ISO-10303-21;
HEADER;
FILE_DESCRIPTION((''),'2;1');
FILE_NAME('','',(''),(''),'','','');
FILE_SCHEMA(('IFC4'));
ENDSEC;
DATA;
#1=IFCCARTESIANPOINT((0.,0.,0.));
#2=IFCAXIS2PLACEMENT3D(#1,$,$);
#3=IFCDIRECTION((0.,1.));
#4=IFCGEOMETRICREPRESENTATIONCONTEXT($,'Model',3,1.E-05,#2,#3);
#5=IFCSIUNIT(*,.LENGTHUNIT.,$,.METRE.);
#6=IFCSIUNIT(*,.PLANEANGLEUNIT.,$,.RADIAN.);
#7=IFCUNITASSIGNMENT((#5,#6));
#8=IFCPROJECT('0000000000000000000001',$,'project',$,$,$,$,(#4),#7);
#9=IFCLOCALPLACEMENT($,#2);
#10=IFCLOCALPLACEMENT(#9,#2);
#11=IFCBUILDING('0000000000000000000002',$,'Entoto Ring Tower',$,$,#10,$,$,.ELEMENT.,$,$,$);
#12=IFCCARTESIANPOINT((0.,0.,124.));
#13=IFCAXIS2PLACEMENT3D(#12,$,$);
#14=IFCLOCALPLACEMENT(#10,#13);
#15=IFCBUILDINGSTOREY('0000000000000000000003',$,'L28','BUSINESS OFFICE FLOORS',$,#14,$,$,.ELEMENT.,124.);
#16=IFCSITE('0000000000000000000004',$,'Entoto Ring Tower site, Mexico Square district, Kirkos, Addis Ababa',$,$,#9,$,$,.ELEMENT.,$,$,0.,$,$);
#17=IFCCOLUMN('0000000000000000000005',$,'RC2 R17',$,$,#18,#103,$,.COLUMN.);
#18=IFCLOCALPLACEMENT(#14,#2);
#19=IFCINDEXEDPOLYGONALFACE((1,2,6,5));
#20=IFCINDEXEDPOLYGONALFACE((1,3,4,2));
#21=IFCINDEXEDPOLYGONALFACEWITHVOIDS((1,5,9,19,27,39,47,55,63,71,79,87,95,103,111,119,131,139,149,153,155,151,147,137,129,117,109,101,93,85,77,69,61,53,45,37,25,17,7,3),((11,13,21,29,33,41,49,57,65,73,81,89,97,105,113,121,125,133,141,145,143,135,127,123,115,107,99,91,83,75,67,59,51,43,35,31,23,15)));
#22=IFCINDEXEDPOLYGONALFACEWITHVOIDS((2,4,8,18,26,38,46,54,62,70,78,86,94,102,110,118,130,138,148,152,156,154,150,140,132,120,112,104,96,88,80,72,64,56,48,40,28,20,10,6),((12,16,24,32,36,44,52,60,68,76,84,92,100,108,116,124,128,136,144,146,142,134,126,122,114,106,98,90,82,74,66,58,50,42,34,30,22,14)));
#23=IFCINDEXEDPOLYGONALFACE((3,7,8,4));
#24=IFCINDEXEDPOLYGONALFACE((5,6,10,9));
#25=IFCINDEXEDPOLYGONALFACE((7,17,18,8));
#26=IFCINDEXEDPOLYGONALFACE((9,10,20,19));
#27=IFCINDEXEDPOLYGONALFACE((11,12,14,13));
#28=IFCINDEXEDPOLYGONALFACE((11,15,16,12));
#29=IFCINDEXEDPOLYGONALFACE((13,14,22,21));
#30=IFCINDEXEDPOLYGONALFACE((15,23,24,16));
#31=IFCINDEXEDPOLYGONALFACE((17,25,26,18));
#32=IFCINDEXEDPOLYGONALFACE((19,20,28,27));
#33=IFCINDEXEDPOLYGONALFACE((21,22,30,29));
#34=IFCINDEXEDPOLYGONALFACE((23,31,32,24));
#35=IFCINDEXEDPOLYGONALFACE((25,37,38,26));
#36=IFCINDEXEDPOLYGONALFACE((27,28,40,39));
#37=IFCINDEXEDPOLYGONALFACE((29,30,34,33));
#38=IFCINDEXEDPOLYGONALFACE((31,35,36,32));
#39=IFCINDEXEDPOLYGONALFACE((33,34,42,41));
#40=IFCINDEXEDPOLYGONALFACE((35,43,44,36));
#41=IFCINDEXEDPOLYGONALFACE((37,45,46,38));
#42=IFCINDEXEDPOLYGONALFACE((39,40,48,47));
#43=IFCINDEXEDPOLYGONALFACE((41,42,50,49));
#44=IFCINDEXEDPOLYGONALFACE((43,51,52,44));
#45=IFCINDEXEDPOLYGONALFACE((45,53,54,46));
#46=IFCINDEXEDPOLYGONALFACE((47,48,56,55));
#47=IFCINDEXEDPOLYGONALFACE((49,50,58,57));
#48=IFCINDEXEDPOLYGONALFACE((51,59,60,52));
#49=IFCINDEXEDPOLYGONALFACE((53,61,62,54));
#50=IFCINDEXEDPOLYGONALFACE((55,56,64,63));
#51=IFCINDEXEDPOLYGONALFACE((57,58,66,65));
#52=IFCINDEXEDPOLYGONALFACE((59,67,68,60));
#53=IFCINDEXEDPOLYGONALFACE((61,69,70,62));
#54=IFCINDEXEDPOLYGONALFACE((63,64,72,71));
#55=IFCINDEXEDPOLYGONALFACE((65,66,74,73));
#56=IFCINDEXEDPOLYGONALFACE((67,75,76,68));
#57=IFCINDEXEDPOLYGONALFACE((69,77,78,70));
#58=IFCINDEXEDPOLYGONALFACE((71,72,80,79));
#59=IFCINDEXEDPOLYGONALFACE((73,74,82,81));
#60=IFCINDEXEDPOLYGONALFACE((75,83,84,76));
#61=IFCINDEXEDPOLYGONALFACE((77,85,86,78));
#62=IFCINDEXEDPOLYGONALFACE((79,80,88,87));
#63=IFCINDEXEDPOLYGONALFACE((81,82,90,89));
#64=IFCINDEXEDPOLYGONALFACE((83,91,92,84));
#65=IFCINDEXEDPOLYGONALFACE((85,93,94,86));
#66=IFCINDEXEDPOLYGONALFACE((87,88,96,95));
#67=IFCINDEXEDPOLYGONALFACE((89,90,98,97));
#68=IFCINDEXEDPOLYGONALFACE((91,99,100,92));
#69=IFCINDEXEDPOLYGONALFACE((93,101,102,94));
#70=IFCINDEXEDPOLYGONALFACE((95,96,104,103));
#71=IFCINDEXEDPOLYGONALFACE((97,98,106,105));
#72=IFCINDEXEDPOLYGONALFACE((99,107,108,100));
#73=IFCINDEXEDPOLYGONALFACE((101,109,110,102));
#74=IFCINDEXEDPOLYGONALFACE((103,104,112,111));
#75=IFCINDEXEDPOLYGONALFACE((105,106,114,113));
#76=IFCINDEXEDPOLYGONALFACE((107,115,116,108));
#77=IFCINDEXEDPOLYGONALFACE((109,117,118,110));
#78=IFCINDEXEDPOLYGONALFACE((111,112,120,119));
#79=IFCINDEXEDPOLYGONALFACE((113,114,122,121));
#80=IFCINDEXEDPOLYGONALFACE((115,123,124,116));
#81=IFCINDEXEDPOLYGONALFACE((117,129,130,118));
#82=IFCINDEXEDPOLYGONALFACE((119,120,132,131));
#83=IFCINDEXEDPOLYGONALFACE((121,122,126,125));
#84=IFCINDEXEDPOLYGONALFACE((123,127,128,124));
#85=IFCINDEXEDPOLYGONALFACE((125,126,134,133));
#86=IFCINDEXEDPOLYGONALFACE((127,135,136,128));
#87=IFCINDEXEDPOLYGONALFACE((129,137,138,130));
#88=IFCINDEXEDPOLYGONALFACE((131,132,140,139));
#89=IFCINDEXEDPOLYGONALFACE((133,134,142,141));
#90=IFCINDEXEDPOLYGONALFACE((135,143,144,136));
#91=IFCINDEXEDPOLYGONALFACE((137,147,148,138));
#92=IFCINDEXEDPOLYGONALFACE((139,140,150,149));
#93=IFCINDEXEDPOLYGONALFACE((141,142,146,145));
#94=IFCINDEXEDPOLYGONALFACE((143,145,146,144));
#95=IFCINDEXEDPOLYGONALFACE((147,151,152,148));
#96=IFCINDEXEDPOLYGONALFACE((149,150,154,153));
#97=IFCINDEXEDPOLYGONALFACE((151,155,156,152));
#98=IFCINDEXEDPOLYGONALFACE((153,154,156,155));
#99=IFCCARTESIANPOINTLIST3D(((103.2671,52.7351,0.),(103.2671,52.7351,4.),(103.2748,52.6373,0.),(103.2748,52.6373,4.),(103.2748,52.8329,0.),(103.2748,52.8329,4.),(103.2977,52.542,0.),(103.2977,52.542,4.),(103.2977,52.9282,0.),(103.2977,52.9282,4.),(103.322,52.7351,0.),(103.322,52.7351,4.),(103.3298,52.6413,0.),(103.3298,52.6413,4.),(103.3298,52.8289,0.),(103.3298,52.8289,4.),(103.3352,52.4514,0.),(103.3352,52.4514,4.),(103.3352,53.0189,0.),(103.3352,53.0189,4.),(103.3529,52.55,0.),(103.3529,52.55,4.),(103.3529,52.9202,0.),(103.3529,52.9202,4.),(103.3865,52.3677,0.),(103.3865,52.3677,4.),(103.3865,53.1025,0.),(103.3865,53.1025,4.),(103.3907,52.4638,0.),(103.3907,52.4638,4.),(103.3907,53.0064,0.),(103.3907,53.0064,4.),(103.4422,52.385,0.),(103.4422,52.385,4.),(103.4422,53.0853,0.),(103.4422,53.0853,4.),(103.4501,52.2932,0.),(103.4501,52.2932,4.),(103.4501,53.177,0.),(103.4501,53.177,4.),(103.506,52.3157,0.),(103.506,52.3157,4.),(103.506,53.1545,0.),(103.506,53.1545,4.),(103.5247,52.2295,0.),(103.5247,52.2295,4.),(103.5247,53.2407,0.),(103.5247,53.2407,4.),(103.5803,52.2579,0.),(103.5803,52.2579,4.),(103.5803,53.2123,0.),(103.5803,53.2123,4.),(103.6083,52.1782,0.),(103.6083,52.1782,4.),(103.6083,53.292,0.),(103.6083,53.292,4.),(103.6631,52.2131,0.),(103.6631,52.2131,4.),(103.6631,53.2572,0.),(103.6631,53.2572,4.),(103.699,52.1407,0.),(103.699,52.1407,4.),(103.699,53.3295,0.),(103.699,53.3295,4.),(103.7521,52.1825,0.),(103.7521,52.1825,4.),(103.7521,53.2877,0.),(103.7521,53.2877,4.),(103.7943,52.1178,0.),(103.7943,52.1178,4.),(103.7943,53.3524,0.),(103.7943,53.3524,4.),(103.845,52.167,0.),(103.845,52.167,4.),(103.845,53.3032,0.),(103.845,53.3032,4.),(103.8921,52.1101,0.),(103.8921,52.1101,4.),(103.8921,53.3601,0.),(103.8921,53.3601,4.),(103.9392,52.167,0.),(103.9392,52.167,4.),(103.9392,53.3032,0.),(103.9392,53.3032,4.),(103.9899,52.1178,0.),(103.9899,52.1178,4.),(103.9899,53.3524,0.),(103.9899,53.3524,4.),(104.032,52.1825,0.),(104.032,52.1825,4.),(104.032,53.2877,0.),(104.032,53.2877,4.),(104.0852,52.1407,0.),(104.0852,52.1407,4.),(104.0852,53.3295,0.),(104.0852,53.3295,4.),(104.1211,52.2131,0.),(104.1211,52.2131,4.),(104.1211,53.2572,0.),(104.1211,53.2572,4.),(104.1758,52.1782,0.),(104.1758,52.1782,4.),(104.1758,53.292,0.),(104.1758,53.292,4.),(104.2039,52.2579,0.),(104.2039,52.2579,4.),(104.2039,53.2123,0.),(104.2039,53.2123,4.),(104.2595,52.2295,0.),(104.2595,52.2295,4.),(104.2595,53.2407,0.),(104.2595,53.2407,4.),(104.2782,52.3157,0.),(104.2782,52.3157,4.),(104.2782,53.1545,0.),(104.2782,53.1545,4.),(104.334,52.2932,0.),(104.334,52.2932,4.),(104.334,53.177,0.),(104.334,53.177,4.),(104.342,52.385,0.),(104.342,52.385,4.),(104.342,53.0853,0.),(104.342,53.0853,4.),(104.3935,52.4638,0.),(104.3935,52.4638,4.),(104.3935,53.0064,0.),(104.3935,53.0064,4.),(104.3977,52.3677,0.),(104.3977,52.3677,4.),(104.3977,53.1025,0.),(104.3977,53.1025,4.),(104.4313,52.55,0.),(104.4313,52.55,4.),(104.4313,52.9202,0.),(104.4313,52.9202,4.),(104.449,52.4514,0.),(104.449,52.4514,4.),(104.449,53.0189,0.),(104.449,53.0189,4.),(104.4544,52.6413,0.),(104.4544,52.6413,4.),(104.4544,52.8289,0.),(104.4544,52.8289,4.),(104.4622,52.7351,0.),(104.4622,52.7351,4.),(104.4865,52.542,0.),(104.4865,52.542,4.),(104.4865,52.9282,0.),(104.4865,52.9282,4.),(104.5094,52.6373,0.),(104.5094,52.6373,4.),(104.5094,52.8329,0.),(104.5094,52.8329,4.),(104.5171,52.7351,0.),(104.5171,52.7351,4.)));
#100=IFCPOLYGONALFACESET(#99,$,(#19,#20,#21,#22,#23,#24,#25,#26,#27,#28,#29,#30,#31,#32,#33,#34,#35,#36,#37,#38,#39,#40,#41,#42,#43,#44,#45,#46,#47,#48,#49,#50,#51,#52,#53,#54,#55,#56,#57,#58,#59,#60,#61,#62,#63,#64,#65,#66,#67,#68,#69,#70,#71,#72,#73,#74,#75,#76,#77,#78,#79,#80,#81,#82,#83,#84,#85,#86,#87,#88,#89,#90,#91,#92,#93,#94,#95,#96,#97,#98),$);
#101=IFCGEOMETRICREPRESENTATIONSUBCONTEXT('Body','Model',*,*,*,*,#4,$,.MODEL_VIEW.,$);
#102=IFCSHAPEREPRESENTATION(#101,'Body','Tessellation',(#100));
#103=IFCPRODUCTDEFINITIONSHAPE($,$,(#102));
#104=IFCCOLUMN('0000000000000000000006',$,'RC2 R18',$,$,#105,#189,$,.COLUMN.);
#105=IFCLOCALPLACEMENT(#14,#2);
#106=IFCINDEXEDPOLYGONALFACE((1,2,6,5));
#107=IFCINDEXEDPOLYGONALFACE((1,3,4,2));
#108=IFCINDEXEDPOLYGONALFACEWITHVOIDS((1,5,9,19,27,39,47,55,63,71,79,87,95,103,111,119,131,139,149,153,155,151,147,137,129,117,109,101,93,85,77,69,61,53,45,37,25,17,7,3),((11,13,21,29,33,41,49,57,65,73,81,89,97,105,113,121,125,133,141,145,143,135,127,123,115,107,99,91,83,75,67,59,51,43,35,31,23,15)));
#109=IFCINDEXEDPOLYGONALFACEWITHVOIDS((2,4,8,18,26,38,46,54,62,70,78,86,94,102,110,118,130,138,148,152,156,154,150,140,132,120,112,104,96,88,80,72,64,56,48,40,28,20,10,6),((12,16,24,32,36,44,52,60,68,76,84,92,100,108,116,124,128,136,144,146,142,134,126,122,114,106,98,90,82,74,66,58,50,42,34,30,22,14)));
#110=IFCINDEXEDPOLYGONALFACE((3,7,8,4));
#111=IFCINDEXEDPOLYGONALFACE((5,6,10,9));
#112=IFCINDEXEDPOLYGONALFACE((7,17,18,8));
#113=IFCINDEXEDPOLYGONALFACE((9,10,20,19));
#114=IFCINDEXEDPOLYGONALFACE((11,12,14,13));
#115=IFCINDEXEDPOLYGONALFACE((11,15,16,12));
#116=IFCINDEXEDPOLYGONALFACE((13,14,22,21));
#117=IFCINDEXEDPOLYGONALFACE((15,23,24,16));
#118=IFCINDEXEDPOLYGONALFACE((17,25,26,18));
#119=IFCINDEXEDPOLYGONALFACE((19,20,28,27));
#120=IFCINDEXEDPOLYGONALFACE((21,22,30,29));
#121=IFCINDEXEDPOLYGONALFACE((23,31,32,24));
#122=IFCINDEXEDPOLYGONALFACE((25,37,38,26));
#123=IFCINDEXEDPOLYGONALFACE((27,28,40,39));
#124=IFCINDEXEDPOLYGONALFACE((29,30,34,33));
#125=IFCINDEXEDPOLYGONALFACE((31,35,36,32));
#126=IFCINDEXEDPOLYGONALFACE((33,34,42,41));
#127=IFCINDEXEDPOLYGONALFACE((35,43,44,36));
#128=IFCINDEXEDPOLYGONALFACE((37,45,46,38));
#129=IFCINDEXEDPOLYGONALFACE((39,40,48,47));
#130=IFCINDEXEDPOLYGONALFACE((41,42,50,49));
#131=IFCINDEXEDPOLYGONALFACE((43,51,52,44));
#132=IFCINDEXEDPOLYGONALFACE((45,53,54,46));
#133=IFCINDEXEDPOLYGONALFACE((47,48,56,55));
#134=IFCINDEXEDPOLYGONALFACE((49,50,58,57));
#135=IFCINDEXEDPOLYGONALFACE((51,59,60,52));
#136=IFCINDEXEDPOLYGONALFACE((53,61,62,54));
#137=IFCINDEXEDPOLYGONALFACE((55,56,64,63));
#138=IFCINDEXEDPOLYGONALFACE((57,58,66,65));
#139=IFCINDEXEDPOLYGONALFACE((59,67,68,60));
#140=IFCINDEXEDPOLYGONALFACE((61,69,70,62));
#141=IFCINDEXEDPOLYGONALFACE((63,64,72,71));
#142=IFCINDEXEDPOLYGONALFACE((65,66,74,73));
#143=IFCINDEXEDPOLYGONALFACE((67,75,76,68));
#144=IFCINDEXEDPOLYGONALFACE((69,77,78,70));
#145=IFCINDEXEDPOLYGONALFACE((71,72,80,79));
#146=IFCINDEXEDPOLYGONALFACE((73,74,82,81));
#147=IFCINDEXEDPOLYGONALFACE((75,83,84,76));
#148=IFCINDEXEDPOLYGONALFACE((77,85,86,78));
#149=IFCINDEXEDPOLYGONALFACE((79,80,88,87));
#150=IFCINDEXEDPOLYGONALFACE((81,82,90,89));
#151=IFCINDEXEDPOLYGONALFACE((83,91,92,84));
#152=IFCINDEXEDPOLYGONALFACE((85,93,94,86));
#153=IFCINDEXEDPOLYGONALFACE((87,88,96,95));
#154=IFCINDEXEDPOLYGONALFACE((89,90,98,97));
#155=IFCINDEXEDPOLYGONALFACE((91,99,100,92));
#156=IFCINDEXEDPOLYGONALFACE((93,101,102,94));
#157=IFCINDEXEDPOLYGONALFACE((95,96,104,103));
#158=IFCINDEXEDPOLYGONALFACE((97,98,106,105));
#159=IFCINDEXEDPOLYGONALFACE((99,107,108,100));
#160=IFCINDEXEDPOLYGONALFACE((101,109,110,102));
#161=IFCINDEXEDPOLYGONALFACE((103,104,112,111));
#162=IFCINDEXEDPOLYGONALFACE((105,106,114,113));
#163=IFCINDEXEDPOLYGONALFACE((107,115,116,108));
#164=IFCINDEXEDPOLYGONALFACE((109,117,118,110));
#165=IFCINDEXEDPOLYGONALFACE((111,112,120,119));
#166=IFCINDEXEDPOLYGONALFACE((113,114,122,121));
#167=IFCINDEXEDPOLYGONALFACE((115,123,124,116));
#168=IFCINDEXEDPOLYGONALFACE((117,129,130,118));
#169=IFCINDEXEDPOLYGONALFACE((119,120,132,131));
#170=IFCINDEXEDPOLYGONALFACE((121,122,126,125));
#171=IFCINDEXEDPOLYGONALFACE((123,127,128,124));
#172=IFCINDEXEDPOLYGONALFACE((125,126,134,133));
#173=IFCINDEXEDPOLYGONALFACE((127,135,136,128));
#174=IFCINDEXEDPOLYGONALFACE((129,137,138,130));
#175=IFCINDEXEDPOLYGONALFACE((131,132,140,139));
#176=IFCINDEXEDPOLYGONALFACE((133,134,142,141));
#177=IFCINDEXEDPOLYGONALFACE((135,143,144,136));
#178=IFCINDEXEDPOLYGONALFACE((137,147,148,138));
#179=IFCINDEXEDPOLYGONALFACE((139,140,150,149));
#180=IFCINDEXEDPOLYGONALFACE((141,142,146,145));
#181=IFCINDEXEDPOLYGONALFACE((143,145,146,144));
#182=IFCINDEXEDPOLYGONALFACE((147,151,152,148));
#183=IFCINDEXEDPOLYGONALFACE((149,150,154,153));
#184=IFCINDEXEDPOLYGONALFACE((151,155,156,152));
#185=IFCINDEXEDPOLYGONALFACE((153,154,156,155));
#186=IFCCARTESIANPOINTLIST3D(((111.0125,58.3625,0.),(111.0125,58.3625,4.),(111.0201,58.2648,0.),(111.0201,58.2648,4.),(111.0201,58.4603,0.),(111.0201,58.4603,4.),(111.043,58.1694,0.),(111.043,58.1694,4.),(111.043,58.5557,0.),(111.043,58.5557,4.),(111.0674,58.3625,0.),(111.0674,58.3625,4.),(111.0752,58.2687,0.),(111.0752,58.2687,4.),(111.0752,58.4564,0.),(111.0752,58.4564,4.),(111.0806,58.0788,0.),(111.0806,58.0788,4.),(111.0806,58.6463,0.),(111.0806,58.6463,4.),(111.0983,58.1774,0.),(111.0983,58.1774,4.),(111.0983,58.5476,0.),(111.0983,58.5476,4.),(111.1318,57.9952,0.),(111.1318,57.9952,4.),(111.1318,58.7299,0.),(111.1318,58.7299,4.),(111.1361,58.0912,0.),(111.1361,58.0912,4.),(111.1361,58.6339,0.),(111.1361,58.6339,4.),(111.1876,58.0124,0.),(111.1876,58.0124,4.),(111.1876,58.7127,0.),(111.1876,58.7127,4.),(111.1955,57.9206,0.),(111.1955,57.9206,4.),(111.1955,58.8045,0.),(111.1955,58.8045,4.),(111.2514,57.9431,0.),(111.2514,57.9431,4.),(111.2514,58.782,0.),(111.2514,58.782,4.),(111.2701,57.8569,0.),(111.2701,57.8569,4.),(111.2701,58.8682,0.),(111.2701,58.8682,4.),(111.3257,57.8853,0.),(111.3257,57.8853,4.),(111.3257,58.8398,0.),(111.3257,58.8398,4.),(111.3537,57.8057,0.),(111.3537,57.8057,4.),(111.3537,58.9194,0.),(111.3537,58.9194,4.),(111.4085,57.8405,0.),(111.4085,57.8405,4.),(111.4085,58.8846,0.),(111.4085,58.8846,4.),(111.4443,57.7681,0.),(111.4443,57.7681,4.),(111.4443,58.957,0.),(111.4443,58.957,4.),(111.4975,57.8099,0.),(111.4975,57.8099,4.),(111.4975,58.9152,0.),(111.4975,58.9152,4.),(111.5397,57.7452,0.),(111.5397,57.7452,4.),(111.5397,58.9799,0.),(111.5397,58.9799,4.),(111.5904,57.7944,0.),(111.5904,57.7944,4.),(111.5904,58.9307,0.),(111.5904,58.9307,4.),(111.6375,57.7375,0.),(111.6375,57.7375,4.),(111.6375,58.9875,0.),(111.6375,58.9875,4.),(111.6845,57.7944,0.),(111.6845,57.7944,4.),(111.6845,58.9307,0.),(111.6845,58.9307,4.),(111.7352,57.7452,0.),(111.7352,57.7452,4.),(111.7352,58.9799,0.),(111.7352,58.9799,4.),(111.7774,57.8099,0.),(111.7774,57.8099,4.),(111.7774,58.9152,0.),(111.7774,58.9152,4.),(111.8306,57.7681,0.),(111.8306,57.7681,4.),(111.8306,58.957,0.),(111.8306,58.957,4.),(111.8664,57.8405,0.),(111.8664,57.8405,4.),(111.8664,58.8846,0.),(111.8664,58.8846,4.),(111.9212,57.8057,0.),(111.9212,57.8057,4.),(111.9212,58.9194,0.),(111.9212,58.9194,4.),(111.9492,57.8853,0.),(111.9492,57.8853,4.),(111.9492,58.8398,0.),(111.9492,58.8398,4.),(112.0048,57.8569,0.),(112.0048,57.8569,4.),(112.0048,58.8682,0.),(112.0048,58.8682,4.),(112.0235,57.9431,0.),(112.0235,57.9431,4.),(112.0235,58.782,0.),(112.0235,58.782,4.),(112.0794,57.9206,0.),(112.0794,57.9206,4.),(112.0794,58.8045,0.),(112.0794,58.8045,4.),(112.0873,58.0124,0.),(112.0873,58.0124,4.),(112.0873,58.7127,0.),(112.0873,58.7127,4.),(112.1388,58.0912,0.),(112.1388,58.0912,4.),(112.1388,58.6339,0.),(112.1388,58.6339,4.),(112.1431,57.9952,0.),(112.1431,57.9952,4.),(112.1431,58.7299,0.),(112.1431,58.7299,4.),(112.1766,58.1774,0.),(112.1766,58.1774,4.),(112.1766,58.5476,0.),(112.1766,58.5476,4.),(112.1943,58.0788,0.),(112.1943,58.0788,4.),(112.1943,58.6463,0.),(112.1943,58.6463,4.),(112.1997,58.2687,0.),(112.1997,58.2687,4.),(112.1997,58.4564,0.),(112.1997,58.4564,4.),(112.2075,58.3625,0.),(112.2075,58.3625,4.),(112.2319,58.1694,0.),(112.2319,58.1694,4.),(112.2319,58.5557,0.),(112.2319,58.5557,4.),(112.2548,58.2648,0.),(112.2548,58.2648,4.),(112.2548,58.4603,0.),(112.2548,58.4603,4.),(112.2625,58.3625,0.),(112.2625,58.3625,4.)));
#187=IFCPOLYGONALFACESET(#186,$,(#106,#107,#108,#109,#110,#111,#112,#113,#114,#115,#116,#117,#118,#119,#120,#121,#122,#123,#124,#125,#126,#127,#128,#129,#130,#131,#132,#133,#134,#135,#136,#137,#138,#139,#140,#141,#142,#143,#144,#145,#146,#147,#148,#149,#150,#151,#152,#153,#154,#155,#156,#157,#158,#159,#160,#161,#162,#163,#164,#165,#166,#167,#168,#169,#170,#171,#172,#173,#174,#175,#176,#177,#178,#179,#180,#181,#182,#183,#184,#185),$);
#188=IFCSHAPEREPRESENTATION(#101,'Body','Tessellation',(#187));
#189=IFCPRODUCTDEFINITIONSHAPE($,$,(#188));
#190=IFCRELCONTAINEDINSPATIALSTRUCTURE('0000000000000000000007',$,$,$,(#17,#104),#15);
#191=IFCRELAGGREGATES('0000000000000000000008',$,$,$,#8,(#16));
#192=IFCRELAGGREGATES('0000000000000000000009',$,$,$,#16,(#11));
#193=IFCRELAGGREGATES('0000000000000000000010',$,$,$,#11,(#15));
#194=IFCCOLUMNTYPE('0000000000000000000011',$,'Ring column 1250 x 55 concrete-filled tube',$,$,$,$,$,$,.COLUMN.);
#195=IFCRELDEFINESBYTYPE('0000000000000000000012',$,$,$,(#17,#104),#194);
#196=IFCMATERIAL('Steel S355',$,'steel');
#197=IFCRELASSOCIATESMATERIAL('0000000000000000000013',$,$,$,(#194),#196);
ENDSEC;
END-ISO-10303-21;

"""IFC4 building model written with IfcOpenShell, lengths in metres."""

from ifc_helpers import new_model, si_unit, direction, frame, origin, origin_2d, place, context, subcontext, project, spatial, circle, hollow_circle, extrude, material, material_profile, profile_set, type_object, element, save


model = new_model("IFC4")

# Units and contexts
model_context = context("Model", 3, precision=1e-05, world=origin(), true_north=direction((0.0, 1.0)))
body_context = subcontext(model_context, "Body", "Model", "MODEL_VIEW")
ifc_project = project(units=[si_unit("LENGTHUNIT", "METRE"), si_unit("PLANEANGLEUNIT", "RADIAN")], contexts=[model_context])

# Site, building, storey
site_placement = place(None, origin())
site = spatial("IfcSite", under=ifc_project, at=site_placement, Name="Entoto Ring Tower site, Mexico Square district, Kirkos, Addis Ababa", CompositionType="ELEMENT", RefElevation=0.0)
building_placement = place(site_placement, origin())
building = spatial("IfcBuilding", under=site, at=building_placement, Name="Entoto Ring Tower", CompositionType="ELEMENT")
storey_placement = place(building_placement, frame((0.0, 0.0, 124.0)))
storey = spatial("IfcBuildingStorey", under=building, at=storey_placement, Name="L28", Description="BUSINESS OFFICE FLOORS", CompositionType="ELEMENT", Elevation=124.0)

# Columns
ifc_material_1 = material(Name="Steel S355", Category="steel")
ifc_material_profile_1 = material_profile(ifc_material_1, hollow_circle(Radius=0.625, WallThickness=0.0549, at=origin_2d()), Name="CHS 1250 x 55")
ifc_material_2 = material(Name="Concrete C60/75", Category="concrete")
ifc_material_profile_2 = material_profile(ifc_material_2, circle(Radius=0.5701, at=origin_2d()), Name="Concrete C60/75 infill")
ifc_profile_set_1 = profile_set([ifc_material_profile_1, ifc_material_profile_2], Name="Steel S355")
column_type = type_object("IfcColumnType", Name="Ring column 1250 x 55 concrete-filled tube", PredefinedType="COLUMN", material=ifc_profile_set_1)
for number, where, z_axis, x_axis, name in (
    (1, (103.8921, 52.7351, 0.0), (0.0, 0.0, 1.0), (1.0, 0.0, 0.0), "RC2 R17"),
    (2, (111.6375, 58.3625, 0.0), (0.0, 0.0, 1.0), (1.0, 0.0, 0.0), "RC2 R18"),
):
    element("IfcColumn", number, at=place(storey_placement, frame(where, z_axis=z_axis, x_axis=x_axis)), inside=storey, type_object=column_type, Name=name, PredefinedType="COLUMN", context=body_context, shape_type="SweptSolid", body=[
        extrude(hollow_circle(Radius=0.625, WallThickness=0.0549, at=origin_2d()), origin(), (0.0, 0.0, 1.0), 4.0),
    ])

save(model, "model.ifc")
